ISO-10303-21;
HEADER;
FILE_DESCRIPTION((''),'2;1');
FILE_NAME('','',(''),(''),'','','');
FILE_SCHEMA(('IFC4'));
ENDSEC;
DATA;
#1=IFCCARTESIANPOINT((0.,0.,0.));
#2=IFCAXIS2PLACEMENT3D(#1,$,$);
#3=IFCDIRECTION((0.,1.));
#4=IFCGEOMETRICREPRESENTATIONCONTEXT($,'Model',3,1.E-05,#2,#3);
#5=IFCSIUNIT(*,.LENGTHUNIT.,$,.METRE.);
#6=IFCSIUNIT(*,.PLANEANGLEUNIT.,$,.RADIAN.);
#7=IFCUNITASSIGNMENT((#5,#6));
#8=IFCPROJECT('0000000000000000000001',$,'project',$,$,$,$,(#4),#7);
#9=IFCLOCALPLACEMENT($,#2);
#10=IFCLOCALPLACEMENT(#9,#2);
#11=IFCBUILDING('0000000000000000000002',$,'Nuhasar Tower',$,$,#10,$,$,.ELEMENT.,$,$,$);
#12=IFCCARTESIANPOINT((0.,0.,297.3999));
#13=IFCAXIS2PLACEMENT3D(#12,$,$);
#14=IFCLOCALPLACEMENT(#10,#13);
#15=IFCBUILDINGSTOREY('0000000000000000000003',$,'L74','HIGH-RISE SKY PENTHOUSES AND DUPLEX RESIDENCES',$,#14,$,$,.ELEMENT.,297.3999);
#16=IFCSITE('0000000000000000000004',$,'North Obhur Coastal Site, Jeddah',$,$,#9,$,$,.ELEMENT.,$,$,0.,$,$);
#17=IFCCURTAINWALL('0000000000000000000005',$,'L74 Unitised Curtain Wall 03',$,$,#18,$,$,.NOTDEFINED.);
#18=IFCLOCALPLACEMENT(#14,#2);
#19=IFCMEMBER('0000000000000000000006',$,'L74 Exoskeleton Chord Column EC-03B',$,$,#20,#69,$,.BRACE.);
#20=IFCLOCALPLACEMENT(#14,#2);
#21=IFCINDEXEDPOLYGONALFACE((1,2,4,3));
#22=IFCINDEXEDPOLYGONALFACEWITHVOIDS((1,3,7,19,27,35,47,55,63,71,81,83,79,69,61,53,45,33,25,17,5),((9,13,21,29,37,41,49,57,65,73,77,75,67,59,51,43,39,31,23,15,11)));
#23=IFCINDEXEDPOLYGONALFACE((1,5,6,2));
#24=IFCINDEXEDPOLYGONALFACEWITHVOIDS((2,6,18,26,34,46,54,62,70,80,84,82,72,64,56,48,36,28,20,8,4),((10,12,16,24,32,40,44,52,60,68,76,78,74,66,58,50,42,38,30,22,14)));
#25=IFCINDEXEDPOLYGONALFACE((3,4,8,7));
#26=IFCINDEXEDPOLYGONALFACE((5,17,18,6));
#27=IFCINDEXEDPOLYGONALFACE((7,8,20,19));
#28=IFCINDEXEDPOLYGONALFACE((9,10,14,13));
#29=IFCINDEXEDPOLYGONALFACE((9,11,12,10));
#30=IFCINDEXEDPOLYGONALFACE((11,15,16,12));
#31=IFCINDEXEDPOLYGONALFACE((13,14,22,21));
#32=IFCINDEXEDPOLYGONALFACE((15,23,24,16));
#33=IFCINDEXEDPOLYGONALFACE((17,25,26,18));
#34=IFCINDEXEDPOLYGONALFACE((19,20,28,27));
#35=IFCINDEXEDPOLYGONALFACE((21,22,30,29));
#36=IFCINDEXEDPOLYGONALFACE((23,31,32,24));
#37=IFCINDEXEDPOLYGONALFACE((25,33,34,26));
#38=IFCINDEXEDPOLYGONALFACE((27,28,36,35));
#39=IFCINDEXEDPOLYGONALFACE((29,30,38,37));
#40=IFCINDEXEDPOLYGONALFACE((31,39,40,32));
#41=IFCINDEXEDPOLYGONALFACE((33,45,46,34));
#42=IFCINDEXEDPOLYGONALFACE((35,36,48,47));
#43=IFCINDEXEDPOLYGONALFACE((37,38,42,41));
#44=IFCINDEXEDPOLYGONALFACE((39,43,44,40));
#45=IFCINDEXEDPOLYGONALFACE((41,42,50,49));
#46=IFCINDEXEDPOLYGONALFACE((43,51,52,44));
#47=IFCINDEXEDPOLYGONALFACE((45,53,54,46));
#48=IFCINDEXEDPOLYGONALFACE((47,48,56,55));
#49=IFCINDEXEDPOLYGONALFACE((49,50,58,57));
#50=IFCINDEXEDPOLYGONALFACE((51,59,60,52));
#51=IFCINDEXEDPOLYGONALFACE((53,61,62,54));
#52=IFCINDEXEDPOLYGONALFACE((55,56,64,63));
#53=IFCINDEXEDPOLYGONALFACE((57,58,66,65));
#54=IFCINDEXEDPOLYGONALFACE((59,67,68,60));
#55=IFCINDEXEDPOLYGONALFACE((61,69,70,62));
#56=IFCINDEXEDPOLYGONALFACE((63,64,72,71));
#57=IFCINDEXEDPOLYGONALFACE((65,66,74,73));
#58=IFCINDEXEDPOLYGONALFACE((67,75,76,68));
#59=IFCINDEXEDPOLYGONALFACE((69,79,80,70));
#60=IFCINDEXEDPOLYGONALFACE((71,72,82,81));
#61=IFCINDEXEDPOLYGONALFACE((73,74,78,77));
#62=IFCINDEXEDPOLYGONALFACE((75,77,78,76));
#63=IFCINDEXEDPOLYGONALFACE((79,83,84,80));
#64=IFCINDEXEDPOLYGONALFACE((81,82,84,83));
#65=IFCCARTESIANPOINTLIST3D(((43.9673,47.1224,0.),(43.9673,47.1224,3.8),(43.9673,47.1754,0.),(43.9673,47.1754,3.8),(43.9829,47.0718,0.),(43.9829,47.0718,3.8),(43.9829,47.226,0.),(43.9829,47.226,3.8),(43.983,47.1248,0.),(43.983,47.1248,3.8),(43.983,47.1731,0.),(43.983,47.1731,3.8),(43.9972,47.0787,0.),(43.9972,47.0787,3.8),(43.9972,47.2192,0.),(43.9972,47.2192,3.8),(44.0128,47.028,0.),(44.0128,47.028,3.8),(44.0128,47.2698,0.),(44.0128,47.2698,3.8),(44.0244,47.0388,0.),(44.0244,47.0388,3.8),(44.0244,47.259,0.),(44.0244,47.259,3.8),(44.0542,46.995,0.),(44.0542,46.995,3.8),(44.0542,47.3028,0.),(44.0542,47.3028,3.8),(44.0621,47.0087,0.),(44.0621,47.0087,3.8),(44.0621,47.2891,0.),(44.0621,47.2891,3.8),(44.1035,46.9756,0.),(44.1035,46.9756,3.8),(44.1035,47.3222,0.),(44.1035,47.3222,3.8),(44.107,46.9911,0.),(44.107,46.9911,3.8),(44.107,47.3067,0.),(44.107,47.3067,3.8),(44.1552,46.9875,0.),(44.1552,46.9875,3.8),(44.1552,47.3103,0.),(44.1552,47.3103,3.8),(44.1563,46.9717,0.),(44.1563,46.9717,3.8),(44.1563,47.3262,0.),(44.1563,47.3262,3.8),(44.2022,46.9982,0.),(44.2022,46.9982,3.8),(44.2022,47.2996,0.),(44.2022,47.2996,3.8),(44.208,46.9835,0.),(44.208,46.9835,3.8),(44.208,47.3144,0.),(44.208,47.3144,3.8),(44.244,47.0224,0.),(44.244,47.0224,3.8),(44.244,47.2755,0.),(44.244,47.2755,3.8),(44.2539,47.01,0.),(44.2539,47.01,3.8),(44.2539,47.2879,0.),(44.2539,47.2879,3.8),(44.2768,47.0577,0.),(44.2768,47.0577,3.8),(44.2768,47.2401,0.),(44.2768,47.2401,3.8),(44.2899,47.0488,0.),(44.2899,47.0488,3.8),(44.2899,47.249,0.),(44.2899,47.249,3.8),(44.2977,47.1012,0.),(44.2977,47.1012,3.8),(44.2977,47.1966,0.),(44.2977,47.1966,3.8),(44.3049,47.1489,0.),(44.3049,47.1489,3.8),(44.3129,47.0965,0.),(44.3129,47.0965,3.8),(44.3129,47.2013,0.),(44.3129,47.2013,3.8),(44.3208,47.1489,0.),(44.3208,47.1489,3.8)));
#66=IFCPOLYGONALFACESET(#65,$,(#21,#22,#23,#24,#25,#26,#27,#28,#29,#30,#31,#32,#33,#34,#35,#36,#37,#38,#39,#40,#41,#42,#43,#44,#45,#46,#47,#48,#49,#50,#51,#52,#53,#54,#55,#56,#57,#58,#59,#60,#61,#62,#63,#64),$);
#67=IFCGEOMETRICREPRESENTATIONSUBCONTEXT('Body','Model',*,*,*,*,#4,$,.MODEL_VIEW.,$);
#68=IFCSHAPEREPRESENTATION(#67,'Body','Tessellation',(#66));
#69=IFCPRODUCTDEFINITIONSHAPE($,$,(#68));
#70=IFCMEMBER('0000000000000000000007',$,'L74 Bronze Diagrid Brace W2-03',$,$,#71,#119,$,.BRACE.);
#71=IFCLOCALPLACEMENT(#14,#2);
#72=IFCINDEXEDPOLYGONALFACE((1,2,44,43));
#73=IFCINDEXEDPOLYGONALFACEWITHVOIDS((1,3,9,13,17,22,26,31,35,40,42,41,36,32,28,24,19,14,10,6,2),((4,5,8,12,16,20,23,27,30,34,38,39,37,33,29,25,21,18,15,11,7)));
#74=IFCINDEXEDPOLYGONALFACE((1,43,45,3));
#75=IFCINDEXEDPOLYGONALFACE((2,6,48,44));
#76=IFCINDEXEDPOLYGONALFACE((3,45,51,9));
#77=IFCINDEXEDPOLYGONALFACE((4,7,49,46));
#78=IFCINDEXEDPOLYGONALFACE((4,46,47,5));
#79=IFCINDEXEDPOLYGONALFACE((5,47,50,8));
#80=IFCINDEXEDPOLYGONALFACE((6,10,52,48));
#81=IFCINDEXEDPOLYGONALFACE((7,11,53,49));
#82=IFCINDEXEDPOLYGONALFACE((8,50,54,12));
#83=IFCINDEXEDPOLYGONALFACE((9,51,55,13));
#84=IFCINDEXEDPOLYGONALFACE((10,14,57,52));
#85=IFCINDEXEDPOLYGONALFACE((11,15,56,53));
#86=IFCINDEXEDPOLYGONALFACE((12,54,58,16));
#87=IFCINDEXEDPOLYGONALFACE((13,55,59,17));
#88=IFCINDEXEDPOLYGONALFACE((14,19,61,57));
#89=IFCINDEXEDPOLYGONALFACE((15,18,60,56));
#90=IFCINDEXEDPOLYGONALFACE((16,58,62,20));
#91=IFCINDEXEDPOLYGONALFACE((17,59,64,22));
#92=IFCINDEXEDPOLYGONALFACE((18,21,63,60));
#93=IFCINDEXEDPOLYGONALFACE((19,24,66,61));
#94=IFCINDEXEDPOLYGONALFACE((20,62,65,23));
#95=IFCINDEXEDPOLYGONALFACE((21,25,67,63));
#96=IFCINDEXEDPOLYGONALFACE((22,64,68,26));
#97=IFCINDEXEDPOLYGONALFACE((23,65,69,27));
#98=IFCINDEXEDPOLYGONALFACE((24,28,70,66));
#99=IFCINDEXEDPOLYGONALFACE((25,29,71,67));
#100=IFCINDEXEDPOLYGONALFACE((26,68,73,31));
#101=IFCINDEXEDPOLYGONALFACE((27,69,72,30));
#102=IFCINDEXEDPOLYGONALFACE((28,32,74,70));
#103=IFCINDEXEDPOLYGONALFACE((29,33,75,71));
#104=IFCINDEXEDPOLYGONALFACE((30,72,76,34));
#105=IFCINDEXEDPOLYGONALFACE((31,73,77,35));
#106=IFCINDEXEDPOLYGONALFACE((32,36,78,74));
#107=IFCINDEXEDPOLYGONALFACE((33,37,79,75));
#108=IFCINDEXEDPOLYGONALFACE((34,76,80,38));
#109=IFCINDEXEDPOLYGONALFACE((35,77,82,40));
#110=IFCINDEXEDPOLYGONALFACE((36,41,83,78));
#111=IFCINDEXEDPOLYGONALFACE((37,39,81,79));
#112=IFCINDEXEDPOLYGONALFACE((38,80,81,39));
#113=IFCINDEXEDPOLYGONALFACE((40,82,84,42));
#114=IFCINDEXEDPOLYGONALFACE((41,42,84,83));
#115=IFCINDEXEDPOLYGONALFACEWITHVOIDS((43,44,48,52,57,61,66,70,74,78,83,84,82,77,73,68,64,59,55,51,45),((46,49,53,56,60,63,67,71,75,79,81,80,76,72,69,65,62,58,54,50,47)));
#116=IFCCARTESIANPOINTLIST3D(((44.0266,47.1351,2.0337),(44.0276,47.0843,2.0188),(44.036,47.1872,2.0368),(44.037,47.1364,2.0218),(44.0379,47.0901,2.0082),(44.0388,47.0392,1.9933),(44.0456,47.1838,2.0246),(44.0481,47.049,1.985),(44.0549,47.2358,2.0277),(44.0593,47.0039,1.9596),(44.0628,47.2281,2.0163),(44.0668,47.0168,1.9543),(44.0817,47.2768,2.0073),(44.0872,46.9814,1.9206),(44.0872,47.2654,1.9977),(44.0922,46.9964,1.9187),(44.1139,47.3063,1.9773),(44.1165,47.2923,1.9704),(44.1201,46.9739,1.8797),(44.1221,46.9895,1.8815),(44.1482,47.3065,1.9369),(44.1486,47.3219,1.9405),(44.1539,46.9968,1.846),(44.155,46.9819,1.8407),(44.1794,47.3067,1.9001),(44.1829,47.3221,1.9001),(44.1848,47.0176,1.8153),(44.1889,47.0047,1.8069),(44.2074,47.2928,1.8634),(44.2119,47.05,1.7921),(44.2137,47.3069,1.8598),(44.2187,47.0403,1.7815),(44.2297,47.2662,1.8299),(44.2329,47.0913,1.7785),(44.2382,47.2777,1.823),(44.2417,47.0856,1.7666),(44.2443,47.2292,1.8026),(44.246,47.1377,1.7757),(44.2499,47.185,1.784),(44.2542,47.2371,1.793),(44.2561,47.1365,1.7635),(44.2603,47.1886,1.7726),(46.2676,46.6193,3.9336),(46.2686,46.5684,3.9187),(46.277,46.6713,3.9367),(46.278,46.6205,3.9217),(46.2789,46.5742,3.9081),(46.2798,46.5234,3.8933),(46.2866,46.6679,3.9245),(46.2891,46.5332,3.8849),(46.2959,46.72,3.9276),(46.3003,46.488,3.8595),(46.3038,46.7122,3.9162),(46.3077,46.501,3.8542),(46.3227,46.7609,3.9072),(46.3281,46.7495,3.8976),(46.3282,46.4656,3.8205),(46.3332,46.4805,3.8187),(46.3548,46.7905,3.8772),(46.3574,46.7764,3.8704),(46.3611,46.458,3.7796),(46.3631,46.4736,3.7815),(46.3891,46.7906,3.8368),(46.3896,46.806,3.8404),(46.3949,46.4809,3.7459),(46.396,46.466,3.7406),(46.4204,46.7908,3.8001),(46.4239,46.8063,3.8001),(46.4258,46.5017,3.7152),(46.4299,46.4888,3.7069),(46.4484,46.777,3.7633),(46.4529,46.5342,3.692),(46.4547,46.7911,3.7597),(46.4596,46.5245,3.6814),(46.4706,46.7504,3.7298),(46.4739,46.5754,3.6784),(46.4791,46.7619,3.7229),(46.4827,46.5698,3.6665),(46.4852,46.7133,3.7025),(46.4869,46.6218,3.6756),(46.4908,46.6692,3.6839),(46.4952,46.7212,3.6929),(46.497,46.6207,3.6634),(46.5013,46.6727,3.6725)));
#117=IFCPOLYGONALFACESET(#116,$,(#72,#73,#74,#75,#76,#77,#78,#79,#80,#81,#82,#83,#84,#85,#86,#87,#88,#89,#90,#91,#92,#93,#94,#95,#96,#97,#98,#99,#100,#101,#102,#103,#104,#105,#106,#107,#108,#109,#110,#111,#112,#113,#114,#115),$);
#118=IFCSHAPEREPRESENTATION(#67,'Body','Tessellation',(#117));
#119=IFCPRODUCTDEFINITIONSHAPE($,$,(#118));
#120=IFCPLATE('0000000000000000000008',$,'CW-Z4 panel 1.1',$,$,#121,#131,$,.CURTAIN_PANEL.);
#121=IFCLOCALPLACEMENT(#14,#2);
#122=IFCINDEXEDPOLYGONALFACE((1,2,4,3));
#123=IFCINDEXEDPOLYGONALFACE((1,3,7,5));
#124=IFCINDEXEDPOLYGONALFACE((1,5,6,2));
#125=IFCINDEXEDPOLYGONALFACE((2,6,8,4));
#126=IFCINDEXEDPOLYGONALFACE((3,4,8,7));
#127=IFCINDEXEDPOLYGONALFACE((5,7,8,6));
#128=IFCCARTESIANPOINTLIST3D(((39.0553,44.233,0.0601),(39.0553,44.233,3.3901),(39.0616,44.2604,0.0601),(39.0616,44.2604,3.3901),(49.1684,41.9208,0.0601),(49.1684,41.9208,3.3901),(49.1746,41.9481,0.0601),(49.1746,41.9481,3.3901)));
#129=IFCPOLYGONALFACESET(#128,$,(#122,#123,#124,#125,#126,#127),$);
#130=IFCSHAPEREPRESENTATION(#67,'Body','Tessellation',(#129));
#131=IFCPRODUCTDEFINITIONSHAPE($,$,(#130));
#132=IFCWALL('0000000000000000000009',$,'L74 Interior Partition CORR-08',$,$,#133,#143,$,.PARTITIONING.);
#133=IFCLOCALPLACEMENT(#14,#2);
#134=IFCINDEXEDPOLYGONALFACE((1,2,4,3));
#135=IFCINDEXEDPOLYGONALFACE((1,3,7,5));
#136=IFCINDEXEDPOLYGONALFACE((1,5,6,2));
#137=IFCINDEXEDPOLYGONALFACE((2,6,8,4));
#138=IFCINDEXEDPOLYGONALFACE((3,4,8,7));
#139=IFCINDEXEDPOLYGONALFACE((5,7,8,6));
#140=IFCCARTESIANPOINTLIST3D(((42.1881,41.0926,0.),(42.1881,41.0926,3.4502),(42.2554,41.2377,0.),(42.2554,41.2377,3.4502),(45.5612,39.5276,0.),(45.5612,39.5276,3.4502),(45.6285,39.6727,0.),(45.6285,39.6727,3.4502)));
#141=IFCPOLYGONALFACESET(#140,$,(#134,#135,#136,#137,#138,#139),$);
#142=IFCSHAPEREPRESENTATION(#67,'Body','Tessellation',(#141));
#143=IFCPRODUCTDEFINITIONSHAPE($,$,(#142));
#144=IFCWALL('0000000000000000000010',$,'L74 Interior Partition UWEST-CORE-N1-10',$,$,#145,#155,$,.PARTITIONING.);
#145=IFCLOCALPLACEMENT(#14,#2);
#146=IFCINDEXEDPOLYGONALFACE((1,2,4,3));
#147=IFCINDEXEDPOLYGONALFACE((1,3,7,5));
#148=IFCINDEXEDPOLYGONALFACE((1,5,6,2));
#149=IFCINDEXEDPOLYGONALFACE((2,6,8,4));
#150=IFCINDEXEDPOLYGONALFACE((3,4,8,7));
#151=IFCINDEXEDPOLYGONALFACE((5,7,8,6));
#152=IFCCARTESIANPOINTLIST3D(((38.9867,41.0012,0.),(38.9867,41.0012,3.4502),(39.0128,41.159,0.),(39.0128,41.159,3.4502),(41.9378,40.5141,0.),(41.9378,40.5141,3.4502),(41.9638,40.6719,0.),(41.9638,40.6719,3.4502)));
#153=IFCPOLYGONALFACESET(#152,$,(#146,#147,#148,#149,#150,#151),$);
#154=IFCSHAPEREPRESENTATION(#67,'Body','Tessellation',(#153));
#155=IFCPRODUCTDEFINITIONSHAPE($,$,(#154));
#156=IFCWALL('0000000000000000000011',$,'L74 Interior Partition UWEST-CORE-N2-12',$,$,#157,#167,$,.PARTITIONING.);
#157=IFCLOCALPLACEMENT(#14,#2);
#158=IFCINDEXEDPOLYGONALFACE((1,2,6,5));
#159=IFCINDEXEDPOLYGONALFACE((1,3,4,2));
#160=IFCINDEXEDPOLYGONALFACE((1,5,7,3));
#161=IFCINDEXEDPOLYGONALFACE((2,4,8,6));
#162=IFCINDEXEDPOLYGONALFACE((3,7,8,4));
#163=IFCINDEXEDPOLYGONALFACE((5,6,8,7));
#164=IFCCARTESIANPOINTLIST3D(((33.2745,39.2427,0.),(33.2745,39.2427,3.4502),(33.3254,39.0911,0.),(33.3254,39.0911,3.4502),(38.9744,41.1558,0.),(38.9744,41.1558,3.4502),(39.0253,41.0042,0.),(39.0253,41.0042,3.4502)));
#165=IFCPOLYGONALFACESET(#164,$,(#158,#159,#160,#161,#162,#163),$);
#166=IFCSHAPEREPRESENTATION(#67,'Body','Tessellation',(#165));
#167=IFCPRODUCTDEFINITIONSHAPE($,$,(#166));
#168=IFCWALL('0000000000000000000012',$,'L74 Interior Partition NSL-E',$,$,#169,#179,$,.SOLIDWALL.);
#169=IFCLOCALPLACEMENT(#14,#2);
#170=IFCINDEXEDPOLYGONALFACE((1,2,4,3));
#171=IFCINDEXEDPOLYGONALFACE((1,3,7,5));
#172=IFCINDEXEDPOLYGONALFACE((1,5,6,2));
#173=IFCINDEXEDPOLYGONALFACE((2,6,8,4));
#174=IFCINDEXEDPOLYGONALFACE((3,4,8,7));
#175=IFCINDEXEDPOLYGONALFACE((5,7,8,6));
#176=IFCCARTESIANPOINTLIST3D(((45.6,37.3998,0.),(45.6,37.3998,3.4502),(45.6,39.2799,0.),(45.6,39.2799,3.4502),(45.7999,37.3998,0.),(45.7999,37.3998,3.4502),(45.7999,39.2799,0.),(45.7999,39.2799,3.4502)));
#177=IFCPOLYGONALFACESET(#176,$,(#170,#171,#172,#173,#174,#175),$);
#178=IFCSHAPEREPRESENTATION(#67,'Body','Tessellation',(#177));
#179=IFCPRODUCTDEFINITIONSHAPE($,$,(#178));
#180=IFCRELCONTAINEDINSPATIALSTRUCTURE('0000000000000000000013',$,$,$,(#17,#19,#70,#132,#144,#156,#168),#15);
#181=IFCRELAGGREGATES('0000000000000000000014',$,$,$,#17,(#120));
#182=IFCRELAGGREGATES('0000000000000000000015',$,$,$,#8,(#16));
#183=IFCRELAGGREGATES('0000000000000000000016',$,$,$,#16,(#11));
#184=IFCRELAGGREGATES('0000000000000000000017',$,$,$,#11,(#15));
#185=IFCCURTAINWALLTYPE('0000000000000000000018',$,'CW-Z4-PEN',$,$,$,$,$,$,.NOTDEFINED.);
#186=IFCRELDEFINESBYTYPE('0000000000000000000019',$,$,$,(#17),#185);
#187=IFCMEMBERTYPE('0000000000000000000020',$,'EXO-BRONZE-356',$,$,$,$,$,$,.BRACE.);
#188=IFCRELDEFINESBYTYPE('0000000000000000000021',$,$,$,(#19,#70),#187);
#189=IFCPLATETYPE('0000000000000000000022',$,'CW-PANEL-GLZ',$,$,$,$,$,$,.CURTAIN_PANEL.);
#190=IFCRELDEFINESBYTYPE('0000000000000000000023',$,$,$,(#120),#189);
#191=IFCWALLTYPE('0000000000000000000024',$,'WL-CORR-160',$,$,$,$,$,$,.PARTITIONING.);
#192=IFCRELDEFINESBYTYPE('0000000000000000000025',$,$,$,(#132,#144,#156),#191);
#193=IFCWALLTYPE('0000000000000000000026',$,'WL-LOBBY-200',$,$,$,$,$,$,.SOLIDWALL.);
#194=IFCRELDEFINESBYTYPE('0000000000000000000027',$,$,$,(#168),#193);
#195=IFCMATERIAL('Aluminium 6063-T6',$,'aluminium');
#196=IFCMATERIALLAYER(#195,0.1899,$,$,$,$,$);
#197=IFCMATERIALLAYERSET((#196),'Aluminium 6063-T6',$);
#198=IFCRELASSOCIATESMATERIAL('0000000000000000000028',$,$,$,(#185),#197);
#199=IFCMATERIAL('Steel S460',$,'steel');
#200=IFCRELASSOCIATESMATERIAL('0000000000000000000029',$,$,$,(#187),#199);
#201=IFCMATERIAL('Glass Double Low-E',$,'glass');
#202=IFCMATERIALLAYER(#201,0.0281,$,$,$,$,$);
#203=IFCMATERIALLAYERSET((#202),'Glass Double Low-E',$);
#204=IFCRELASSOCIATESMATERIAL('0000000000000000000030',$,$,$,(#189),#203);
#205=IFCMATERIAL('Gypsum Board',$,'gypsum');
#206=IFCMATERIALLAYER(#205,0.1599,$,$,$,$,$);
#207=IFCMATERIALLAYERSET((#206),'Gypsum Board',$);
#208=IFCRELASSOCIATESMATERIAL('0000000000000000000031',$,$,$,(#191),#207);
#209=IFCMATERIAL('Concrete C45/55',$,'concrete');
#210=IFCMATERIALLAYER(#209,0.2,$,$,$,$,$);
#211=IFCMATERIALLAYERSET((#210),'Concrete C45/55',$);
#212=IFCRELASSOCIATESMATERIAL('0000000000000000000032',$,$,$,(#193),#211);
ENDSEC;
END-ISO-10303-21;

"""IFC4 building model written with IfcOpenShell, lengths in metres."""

from ifc_helpers import new_model, si_unit, direction, frame, frame_2d, origin, origin_2d, place, context, subcontext, project, spatial, rectangle, hollow_circle, extrude, material, layer, layer_set, material_profile, profile_set, type_object, element, aggregate, save


model = new_model("IFC4")

# Units and contexts
model_context = context("Model", 3, precision=1e-05, world=origin(), true_north=direction((0.0, 1.0)))
body_context = subcontext(model_context, "Body", "Model", "MODEL_VIEW")
ifc_project = project(units=[si_unit("LENGTHUNIT", "METRE"), si_unit("PLANEANGLEUNIT", "RADIAN")], contexts=[model_context])

# Site, building, storey
site_placement = place(None, origin())
site = spatial("IfcSite", under=ifc_project, at=site_placement, Name="North Obhur Coastal Site, Jeddah", CompositionType="ELEMENT", RefElevation=0.0)
building_placement = place(site_placement, origin())
building = spatial("IfcBuilding", under=site, at=building_placement, Name="Nuhasar Tower", CompositionType="ELEMENT")
storey_placement = place(building_placement, frame((0.0, 0.0, 297.3999)))
storey = spatial("IfcBuildingStorey", under=building, at=storey_placement, Name="L74", Description="HIGH-RISE SKY PENTHOUSES AND DUPLEX RESIDENCES", CompositionType="ELEMENT", Elevation=297.3999)

# Curtain wall
ifc_material_1 = material(Name="Aluminium 6063-T6", Category="aluminium")
ifc_layer_1 = layer(ifc_material_1, 0.1899)
ifc_layer_set_1 = layer_set([ifc_layer_1], Name="Aluminium 6063-T6")
curtain_wall_type = type_object("IfcCurtainWallType", Name="CW-Z4-PEN", PredefinedType="NOTDEFINED", material=ifc_layer_set_1)
curtain_wall_placement = place(storey_placement, origin())
curtain_wall = element("IfcCurtainWall", 1, at=curtain_wall_placement, inside=storey, type_object=curtain_wall_type, Name="L74 Unitised Curtain Wall 03", PredefinedType="NOTDEFINED")

# Members
ifc_material_2 = material(Name="Steel S460", Category="steel")
ifc_material_profile_1 = material_profile(ifc_material_2, hollow_circle(Radius=0.1777, WallThickness=0.0159, at=origin_2d()), Name="HSS355.6X15.9")
ifc_profile_set_1 = profile_set([ifc_material_profile_1], Name="Steel S460")
member_type_1 = type_object("IfcMemberType", Name="EXO-BRONZE-356", PredefinedType="BRACE", material=ifc_profile_set_1)
member_1_placement = place(storey_placement, frame((44.1431, 47.1489, 0.0), z_axis=(0.0, 0.0, 1.0), x_axis=(1.0, 0.0, 0.0)))
element("IfcMember", 2, at=member_1_placement, inside=storey, type_object=member_type_1, Name="L74 Exoskeleton Chord Column EC-03B", PredefinedType="BRACE", context=body_context, shape_type="SweptSolid", body=[
    extrude(hollow_circle(Radius=0.1777, WallThickness=0.0159, at=origin_2d()), origin(), (0.0, 0.0, 1.0), 3.8),
])
member_2_placement = place(storey_placement, frame((44.1431, 47.1489, 1.9001), z_axis=(0.751272, -0.172942, 0.636932), x_axis=(0.224332, 0.974513, 0.0)))
element("IfcMember", 3, at=member_2_placement, inside=storey, type_object=member_type_1, Name="L74 Bronze Diagrid Brace W2-03", PredefinedType="BRACE", context=body_context, shape_type="SweptSolid", body=[
    extrude(hollow_circle(Radius=0.1777, WallThickness=0.0159, at=origin_2d()), origin(), (0.0, 0.0, 1.0), 2.9829),
])

# Plate
ifc_material_3 = material(Name="Glass Double Low-E", Category="glass")
ifc_layer_2 = layer(ifc_material_3, 0.0281)
ifc_layer_set_2 = layer_set([ifc_layer_2], Name="Glass Double Low-E")
plate_type = type_object("IfcPlateType", Name="CW-PANEL-GLZ", PredefinedType="CURTAIN_PANEL", material=ifc_layer_set_2)
plate_placement = place(storey_placement, frame((44.115, 43.0906, 0.0601), z_axis=(0.0, 0.0, 1.0), x_axis=(-0.974844, 0.222889, 0.0)))
plate = element("IfcPlate", 4, at=plate_placement, type_object=plate_type, Name="CW-Z4 panel 1.1", PredefinedType="CURTAIN_PANEL", context=body_context, shape_type="SweptSolid", body=[
    extrude(rectangle(XDim=10.374, YDim=0.0281, at=origin_2d()), origin(), (0.0, 0.0, 1.0), 3.3301),
])
aggregate(curtain_wall, [plate])

# Walls
ifc_material_4 = material(Name="Gypsum Board", Category="gypsum")
ifc_layer_3 = layer(ifc_material_4, 0.1599)
ifc_layer_set_3 = layer_set([ifc_layer_3], Name="Gypsum Board")
wall_type_1 = type_object("IfcWallType", Name="WL-CORR-160", PredefinedType="PARTITIONING", material=ifc_layer_set_3)
wall_1_placement = place(storey_placement, frame((45.595, 39.6001, 0.0), z_axis=(0.0, 0.0, 1.0), x_axis=(-0.907124, 0.420864, 0.0)))
element("IfcWall", 5, at=wall_1_placement, inside=storey, type_object=wall_type_1, Name="L74 Interior Partition CORR-08", PredefinedType="PARTITIONING", context=body_context, shape_type="SweptSolid", body=[
    extrude(rectangle(XDim=3.7185, YDim=0.1599, at=frame_2d((1.8594, 0.0))), origin(), (0.0, 0.0, 1.0), 3.4502),
])
wall_2_placement = place(storey_placement, frame((41.9509, 40.593, 0.0), z_axis=(0.0, 0.0, 1.0), x_axis=(-0.986651, 0.16285, 0.0)))
element("IfcWall", 6, at=wall_2_placement, inside=storey, type_object=wall_type_1, Name="L74 Interior Partition UWEST-CORE-N1-10", PredefinedType="PARTITIONING", context=body_context, shape_type="SweptSolid", body=[
    extrude(rectangle(XDim=2.991, YDim=0.1599, at=frame_2d((1.4956, 0.0))), origin(), (0.0, 0.0, 1.0), 3.4502),
])
wall_3_placement = place(storey_placement, frame((39.0, 41.0801, 0.0), z_axis=(0.0, 0.0, 1.0), x_axis=(-0.948028, -0.318188, 0.0)))
element("IfcWall", 7, at=wall_3_placement, inside=storey, type_object=wall_type_1, Name="L74 Interior Partition UWEST-CORE-N2-12", PredefinedType="PARTITIONING", context=body_context, shape_type="SweptSolid", body=[
    extrude(rectangle(XDim=6.0125, YDim=0.1599, at=frame_2d((3.0063, 0.0))), origin(), (0.0, 0.0, 1.0), 3.4502),
])
ifc_material_5 = material(Name="Concrete C45/55", Category="concrete")
ifc_layer_4 = layer(ifc_material_5, 0.2)
ifc_layer_set_4 = layer_set([ifc_layer_4], Name="Concrete C45/55")
wall_type_2 = type_object("IfcWallType", Name="WL-LOBBY-200", PredefinedType="SOLIDWALL", material=ifc_layer_set_4)
wall_4_placement = place(storey_placement, frame((45.7, 37.3999, 0.0), z_axis=(0.0, 0.0, 1.0), x_axis=(0.0, 1.0, 0.0)))
element("IfcWall", 8, at=wall_4_placement, inside=storey, type_object=wall_type_2, Name="L74 Interior Partition NSL-E", PredefinedType="SOLIDWALL", context=body_context, shape_type="SweptSolid", body=[
    extrude(rectangle(XDim=1.8801, YDim=0.2, at=frame_2d((0.9399, 0.0))), origin(), (0.0, 0.0, 1.0), 3.4502),
])

save(model, "model.ifc")
